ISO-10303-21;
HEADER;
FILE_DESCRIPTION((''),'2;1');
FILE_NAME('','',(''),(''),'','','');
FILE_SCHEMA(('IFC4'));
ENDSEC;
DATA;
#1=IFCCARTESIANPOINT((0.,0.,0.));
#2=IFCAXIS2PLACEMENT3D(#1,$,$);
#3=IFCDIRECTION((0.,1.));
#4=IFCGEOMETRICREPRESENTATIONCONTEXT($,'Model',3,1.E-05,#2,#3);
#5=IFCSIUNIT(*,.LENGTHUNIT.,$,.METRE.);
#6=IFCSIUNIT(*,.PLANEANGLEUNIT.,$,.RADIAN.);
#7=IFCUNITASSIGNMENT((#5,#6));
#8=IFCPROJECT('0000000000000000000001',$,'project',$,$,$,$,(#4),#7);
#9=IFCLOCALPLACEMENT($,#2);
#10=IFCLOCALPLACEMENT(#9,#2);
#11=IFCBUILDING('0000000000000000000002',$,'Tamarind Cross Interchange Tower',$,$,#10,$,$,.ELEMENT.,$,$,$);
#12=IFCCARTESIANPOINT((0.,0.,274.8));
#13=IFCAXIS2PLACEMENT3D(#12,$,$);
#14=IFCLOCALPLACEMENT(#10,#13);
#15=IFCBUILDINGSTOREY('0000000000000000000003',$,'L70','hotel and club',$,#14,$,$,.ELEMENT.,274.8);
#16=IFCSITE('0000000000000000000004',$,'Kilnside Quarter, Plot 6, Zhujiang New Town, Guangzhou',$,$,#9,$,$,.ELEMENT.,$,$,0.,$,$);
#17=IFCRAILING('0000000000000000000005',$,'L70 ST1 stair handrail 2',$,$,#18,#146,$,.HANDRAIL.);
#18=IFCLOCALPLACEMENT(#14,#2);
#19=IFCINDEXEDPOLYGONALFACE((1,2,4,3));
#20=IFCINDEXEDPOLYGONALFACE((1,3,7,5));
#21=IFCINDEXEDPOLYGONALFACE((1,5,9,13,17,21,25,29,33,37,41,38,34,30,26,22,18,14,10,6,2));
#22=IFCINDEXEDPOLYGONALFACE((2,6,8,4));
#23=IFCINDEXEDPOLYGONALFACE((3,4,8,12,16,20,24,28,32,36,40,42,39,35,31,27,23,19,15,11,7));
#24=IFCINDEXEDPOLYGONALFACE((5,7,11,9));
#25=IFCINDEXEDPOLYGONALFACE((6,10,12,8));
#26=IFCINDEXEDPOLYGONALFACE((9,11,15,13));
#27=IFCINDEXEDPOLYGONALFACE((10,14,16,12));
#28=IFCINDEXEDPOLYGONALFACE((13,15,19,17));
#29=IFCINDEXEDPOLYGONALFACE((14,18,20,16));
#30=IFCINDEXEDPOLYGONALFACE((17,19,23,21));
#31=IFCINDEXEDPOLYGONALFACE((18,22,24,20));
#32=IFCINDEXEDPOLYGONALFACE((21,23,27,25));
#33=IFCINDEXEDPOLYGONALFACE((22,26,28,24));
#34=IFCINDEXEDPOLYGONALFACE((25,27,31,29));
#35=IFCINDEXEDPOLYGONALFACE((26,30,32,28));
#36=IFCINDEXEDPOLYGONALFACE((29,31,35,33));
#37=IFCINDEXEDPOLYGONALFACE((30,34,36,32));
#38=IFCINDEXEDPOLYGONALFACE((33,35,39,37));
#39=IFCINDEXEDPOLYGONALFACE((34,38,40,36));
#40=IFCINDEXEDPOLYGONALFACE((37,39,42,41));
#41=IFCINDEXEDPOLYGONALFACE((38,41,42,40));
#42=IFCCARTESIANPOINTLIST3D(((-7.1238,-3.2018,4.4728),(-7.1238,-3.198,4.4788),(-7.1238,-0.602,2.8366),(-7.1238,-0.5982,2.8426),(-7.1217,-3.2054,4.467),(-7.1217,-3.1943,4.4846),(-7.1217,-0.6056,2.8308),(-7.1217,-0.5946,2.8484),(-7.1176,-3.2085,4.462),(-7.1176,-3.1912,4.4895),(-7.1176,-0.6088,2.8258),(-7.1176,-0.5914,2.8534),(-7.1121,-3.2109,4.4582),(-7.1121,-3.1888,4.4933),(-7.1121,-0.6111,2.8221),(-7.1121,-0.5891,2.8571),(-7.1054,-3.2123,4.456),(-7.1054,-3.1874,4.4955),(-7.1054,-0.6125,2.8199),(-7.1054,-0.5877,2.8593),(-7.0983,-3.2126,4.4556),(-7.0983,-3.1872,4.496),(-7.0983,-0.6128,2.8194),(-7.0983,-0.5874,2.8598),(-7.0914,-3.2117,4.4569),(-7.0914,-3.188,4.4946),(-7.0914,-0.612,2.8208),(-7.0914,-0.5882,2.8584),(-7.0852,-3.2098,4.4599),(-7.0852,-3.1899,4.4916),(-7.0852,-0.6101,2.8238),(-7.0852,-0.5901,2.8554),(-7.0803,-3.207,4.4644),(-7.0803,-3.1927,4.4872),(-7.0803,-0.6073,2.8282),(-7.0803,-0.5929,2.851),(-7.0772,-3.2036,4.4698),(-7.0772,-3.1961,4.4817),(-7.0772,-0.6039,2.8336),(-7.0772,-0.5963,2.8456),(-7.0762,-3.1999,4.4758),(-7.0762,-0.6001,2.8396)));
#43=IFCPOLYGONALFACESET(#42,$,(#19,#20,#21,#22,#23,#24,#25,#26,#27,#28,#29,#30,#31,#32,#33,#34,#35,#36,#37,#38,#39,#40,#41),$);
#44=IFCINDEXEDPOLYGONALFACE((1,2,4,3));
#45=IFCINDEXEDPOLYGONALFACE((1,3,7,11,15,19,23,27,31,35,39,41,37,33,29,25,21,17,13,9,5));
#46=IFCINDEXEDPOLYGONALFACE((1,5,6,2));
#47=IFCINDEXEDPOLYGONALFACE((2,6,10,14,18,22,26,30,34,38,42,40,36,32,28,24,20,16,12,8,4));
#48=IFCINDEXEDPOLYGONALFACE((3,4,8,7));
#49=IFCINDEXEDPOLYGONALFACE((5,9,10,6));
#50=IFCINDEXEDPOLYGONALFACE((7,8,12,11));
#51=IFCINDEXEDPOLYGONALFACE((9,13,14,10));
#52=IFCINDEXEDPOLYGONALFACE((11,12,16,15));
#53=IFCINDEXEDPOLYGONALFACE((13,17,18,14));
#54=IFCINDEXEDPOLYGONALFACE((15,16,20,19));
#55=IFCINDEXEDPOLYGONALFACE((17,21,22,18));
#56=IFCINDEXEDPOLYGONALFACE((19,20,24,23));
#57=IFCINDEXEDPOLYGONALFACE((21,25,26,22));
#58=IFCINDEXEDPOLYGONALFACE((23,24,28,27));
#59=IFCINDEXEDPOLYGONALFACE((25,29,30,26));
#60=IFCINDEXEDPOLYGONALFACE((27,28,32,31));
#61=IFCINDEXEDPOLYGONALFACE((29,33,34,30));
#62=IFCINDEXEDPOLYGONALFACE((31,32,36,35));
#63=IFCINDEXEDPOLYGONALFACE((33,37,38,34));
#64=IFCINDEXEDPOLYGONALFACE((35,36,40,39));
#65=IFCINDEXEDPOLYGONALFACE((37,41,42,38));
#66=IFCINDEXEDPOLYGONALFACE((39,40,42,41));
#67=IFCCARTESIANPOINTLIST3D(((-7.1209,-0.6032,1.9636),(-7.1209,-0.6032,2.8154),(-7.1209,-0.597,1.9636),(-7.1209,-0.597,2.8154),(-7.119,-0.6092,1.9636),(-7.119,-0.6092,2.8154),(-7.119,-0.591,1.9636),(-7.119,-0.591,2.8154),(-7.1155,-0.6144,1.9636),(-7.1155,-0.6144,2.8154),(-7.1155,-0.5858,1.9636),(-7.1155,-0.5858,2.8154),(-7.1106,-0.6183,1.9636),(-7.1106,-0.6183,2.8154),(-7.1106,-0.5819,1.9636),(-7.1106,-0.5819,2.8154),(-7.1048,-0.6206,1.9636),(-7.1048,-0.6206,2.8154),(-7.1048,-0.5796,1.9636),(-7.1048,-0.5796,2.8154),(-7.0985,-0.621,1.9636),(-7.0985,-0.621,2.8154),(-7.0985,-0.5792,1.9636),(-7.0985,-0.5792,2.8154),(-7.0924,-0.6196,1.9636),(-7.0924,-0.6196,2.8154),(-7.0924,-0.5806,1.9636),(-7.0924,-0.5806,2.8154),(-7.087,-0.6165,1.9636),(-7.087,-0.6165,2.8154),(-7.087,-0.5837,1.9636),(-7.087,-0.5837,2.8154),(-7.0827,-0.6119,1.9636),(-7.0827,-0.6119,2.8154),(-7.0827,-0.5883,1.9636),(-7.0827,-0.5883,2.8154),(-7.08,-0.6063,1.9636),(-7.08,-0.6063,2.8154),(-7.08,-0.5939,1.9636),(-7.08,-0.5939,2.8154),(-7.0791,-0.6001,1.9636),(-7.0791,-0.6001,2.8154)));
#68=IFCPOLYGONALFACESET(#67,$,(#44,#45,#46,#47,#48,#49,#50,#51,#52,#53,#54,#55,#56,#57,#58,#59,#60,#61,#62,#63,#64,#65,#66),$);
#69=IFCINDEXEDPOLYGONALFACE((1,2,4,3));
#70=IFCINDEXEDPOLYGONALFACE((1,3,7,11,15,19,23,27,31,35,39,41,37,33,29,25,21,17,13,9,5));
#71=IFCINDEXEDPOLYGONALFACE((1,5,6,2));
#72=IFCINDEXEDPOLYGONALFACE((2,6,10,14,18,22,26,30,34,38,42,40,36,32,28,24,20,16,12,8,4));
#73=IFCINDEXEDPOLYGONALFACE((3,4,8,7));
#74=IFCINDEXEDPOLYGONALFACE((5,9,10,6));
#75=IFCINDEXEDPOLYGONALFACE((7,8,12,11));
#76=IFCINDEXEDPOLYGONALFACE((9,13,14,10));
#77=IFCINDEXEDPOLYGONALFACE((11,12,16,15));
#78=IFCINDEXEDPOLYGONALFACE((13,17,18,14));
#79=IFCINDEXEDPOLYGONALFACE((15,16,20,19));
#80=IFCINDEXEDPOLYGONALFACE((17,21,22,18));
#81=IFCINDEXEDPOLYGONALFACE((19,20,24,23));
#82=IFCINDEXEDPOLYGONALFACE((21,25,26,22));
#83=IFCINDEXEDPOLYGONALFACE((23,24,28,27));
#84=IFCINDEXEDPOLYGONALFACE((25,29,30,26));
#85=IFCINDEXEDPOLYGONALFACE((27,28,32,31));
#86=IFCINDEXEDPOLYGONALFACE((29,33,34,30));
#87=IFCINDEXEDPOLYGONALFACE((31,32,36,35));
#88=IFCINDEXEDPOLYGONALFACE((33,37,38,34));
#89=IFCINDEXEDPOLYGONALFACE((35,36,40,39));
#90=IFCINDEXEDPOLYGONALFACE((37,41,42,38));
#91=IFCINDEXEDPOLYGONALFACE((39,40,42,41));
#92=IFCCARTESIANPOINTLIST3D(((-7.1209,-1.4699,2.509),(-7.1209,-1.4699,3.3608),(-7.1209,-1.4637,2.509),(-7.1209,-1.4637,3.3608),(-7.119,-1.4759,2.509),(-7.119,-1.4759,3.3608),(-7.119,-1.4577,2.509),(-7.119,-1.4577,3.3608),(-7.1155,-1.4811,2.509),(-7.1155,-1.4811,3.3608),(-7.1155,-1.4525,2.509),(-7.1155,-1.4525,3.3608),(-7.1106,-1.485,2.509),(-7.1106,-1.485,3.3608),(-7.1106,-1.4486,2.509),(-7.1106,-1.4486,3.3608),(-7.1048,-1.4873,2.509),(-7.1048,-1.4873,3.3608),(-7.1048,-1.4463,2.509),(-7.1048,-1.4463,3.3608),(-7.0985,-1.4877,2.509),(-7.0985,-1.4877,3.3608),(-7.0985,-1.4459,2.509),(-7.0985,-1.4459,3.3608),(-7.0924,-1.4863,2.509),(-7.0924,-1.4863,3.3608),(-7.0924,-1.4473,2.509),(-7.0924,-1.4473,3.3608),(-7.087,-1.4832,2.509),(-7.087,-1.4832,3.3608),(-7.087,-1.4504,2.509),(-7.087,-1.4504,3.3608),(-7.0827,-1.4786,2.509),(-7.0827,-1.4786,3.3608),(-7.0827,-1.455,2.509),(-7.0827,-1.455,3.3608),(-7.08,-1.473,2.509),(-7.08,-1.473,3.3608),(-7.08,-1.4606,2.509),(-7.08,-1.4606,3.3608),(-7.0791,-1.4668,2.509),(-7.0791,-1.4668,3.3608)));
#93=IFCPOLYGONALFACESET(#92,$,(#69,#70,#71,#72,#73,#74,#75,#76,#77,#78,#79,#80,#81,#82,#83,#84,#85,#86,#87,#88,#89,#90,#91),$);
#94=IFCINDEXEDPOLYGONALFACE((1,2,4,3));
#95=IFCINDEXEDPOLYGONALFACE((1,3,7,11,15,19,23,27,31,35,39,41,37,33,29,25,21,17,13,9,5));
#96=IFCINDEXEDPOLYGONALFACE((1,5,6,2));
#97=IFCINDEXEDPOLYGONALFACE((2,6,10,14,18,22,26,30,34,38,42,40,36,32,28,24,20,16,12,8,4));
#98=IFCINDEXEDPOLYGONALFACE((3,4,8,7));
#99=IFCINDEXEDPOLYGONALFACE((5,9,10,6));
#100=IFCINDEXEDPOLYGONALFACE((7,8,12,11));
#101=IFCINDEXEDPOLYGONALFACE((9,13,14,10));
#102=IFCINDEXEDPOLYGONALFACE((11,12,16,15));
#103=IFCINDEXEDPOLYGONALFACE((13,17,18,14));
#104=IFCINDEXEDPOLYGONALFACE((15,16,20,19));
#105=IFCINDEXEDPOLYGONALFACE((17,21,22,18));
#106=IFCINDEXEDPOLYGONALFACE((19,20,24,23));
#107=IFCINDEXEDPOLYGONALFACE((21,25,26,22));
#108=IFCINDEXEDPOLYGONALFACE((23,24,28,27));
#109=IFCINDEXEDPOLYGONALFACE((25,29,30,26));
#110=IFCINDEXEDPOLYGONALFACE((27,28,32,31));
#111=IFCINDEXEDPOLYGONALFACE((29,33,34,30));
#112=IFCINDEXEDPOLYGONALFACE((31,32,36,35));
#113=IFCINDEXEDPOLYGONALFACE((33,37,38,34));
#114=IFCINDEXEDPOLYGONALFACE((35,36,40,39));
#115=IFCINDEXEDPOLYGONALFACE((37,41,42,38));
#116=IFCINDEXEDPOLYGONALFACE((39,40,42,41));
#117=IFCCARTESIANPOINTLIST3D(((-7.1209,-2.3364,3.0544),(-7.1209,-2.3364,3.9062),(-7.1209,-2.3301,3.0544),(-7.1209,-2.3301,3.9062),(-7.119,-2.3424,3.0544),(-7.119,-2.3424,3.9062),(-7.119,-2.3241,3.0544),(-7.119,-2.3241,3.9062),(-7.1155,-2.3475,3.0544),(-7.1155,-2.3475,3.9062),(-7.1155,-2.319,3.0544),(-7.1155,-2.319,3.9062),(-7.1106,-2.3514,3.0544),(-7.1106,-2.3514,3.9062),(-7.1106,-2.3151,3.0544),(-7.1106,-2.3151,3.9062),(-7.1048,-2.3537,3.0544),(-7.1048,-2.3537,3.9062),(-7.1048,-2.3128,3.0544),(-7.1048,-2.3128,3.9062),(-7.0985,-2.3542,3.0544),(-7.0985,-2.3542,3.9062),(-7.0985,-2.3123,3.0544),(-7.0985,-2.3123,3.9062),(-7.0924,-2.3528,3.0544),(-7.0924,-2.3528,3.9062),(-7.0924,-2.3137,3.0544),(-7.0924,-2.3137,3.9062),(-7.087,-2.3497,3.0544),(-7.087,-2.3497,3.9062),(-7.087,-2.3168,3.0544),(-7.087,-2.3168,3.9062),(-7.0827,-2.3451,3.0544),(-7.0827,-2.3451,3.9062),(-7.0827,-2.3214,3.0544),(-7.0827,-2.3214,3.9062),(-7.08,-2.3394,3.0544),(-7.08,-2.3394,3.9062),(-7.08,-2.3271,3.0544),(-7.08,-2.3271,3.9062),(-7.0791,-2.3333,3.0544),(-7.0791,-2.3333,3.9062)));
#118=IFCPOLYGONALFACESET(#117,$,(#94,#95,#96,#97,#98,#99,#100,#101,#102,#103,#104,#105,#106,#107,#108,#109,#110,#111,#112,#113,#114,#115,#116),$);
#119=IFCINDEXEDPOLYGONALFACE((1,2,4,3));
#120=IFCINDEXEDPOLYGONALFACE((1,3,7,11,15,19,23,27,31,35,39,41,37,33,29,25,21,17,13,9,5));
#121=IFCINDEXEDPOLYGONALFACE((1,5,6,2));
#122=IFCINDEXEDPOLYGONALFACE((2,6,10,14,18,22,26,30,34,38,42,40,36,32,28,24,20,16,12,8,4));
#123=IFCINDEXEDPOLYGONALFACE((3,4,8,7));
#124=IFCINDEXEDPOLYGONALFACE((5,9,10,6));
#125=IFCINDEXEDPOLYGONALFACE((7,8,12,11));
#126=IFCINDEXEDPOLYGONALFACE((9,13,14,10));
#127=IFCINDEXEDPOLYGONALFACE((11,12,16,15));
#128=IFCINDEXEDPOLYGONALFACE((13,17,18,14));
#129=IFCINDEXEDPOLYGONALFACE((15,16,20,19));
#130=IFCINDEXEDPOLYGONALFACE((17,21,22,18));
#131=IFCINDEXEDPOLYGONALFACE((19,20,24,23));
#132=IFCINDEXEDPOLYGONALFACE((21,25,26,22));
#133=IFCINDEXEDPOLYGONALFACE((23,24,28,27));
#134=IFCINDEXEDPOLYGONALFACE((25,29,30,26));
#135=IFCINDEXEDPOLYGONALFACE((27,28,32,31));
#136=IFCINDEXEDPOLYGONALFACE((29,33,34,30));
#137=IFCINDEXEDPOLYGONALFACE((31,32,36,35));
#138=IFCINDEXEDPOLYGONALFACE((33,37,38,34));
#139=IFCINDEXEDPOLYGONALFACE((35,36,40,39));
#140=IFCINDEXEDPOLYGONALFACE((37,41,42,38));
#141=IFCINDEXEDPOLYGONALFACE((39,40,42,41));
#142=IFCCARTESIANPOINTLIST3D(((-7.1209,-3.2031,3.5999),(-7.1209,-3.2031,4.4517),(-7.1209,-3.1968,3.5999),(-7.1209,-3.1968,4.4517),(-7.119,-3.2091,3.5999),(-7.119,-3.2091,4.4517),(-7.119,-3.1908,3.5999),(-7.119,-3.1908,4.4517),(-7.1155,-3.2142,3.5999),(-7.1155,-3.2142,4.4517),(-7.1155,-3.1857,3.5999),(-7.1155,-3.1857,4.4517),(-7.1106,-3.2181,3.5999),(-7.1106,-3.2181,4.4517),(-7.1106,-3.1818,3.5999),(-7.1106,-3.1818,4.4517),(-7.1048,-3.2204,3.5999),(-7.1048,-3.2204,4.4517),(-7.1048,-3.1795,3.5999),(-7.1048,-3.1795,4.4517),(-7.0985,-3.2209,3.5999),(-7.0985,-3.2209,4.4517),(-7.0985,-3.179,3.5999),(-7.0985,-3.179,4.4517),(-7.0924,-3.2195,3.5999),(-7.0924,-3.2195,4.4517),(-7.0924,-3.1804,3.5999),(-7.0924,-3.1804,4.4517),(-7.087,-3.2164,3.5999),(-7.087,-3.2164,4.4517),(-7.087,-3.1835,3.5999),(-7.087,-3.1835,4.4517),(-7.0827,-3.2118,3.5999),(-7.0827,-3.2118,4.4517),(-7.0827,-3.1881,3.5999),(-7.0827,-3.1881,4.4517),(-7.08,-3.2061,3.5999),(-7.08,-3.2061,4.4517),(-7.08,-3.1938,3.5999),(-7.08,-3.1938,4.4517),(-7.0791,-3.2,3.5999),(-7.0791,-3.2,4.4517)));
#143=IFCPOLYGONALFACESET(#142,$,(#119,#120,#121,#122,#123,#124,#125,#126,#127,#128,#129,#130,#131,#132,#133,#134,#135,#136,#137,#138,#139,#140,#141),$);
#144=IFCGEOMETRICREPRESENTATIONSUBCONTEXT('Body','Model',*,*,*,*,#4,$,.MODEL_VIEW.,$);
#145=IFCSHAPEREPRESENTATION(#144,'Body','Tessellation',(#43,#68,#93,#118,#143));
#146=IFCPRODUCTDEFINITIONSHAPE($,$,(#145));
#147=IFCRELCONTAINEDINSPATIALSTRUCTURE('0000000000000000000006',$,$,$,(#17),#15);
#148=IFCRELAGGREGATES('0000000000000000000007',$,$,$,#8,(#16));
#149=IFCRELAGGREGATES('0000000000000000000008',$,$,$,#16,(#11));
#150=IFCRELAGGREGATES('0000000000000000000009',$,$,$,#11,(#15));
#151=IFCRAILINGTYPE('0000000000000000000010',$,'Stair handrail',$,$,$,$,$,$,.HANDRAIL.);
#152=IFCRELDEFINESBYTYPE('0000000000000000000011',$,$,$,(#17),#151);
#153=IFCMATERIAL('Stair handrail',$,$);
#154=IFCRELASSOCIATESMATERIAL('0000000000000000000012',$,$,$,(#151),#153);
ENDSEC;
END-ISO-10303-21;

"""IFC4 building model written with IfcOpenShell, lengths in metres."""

from ifc_helpers import new_model, si_unit, direction, frame, origin, origin_2d, place, context, subcontext, project, spatial, circle, extrude, material, type_object, element, save


model = new_model("IFC4")

# Units and contexts
model_context = context("Model", 3, precision=1e-05, world=origin(), true_north=direction((0.0, 1.0)))
body_context = subcontext(model_context, "Body", "Model", "MODEL_VIEW")
ifc_project = project(units=[si_unit("LENGTHUNIT", "METRE"), si_unit("PLANEANGLEUNIT", "RADIAN")], contexts=[model_context])

# Site, building, storey
site_placement = place(None, origin())
site = spatial("IfcSite", under=ifc_project, at=site_placement, Name="Kilnside Quarter, Plot 6, Zhujiang New Town, Guangzhou", CompositionType="ELEMENT", RefElevation=0.0)
building_placement = place(site_placement, origin())
building = spatial("IfcBuilding", under=site, at=building_placement, Name="Tamarind Cross Interchange Tower", CompositionType="ELEMENT")
storey_placement = place(building_placement, frame((0.0, 0.0, 274.8)))
storey = spatial("IfcBuildingStorey", under=building, at=storey_placement, Name="L70", Description="hotel and club", CompositionType="ELEMENT", Elevation=274.8)

# Railing
ifc_material_1 = material(Name="Stair handrail")
railing_type_1 = type_object("IfcRailingType", Name="Stair handrail", PredefinedType="HANDRAIL", material=ifc_material_1)
railing_1_placement = place(storey_placement, frame((-7.1001, -0.6001, 1.9636)))
element("IfcRailing", 1, at=railing_1_placement, inside=storey, type_object=railing_type_1, Name="L70 ST1 stair handrail 2", PredefinedType="HANDRAIL", context=body_context, shape_type="SweptSolid", body=[
    extrude(circle(Radius=0.0239, at=origin_2d()), frame((0.0, 0.0, 0.876), z_axis=(0.0, -0.846338, 0.532647), x_axis=(1.0, 0.0, 0.0)), (0.0, 0.0, 1.0), 3.0718),
    extrude(circle(Radius=0.021, at=origin_2d()), origin(), (0.0, 0.0, 1.0), 0.8518),
    extrude(circle(Radius=0.021, at=origin_2d()), frame((0.0, -0.8667, 0.5454)), (0.0, 0.0, 1.0), 0.8518),
    extrude(circle(Radius=0.021, at=origin_2d()), frame((0.0, -1.7332, 1.0908)), (0.0, 0.0, 1.0), 0.8518),
    extrude(circle(Radius=0.021, at=origin_2d()), frame((0.0, -2.5999, 1.6362)), (0.0, 0.0, 1.0), 0.8518),
])

save(model, "model.ifc")
